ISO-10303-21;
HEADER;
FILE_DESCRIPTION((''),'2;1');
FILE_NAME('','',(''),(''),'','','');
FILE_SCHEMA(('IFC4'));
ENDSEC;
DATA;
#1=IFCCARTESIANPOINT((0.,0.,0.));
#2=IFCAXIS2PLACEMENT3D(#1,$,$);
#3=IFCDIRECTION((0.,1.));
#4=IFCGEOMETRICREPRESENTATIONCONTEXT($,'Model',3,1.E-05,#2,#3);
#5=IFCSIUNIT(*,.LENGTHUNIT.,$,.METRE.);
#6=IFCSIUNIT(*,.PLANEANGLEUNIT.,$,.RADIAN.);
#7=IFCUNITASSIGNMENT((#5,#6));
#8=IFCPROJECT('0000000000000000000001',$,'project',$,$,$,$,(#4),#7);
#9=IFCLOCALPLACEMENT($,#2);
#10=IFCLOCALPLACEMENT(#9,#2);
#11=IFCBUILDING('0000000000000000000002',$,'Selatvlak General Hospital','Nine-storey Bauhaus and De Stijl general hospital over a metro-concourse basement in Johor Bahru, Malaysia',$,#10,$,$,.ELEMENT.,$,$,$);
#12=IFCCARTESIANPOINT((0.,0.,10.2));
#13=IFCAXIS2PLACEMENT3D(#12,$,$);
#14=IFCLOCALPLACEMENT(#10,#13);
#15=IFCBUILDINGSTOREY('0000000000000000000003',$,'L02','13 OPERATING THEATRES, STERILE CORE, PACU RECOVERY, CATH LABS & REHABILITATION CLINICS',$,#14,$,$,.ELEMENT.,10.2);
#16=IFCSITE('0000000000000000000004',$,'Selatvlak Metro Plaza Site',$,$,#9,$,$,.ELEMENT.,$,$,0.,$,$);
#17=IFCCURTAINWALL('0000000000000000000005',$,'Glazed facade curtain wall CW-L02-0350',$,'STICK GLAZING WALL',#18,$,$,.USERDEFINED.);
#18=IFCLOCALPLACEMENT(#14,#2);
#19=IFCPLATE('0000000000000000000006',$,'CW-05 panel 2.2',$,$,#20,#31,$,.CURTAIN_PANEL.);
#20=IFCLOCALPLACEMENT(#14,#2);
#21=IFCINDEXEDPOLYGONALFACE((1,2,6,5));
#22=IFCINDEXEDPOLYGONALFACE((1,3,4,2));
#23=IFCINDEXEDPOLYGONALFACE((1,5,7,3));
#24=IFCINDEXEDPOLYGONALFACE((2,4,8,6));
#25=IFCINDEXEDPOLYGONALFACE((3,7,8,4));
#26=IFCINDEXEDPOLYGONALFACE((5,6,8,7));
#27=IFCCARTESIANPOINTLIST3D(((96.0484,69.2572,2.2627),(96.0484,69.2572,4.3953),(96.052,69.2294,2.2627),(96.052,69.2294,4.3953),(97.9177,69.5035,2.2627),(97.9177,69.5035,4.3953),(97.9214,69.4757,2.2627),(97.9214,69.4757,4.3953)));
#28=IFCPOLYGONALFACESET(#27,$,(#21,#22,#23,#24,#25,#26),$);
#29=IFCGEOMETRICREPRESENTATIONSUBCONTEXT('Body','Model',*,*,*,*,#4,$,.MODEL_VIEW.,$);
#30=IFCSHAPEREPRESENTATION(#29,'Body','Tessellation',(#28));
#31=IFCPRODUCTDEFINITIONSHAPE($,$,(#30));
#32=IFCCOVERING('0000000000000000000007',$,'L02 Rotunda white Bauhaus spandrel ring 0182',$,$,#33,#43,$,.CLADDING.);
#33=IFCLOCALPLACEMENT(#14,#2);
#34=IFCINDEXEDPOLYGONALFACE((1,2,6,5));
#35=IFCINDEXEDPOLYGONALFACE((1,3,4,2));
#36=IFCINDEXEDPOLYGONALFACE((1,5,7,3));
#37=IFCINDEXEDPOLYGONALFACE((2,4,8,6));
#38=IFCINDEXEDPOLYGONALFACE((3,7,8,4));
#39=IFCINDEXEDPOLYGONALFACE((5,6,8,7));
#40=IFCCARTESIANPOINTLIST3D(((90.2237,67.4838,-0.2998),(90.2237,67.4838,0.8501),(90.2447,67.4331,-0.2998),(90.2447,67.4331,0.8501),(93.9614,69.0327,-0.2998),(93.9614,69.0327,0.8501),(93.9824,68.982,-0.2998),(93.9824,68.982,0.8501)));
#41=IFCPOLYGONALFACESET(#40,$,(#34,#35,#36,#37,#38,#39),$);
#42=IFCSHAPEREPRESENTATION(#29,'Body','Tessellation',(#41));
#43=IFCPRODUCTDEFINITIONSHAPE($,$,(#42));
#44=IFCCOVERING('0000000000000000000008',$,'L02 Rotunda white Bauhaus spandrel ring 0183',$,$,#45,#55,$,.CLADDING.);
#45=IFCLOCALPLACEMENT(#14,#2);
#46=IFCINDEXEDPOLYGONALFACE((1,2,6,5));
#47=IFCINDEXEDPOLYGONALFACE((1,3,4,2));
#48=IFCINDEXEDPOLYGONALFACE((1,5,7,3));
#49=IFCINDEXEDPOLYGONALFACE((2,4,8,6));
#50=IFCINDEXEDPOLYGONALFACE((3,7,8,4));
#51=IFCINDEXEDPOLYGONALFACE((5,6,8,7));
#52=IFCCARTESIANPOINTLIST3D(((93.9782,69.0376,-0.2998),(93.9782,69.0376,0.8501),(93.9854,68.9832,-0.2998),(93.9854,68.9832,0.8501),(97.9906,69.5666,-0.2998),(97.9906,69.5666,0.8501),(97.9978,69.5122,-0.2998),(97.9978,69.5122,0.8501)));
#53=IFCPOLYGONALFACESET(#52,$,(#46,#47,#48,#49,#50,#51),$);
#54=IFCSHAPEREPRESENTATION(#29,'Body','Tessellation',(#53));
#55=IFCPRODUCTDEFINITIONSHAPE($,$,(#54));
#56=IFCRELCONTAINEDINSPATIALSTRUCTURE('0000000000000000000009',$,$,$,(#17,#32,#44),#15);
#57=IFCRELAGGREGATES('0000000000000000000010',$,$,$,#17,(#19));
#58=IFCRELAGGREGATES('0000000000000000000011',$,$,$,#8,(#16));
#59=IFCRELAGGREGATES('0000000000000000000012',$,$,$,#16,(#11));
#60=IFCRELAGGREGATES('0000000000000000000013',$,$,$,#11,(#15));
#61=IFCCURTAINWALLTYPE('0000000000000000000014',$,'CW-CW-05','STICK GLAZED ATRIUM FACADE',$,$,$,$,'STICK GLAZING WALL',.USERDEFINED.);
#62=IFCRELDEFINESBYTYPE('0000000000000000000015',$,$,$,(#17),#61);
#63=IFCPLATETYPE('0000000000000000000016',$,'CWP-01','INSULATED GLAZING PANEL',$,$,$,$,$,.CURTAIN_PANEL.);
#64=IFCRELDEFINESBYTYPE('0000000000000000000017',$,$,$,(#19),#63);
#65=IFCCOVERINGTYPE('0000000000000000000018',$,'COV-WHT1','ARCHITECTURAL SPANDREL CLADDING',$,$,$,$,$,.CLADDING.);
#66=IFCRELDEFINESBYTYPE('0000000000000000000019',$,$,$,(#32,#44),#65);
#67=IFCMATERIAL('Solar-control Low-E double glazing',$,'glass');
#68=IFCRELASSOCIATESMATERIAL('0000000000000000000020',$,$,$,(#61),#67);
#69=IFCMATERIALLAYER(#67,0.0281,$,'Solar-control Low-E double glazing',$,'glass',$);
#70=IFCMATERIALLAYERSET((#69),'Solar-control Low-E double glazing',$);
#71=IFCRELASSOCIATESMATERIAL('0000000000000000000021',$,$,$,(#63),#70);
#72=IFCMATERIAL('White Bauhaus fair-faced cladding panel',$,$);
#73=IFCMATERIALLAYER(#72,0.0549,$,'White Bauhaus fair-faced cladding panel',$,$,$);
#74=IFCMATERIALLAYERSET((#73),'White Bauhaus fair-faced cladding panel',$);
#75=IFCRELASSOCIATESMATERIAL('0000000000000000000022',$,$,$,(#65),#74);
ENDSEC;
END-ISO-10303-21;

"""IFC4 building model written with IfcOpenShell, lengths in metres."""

from ifc_helpers import new_model, si_unit, direction, frame, origin, origin_2d, place, context, subcontext, project, spatial, rectangle, extrude, material, layer, layer_set, type_object, element, aggregate, save


model = new_model("IFC4")

# Units and contexts
model_context = context("Model", 3, precision=1e-05, world=origin(), true_north=direction((0.0, 1.0)))
body_context = subcontext(model_context, "Body", "Model", "MODEL_VIEW")
ifc_project = project(units=[si_unit("LENGTHUNIT", "METRE"), si_unit("PLANEANGLEUNIT", "RADIAN")], contexts=[model_context])

# Site, building, storey
site_placement = place(None, origin())
site = spatial("IfcSite", under=ifc_project, at=site_placement, Name="Selatvlak Metro Plaza Site", CompositionType="ELEMENT", RefElevation=0.0)
building_placement = place(site_placement, origin())
building = spatial("IfcBuilding", under=site, at=building_placement, Name="Selatvlak General Hospital", Description="Nine-storey Bauhaus and De Stijl general hospital over a metro-concourse basement in Johor Bahru, Malaysia", CompositionType="ELEMENT")
storey_placement = place(building_placement, frame((0.0, 0.0, 10.2)))
storey = spatial("IfcBuildingStorey", under=building, at=storey_placement, Name="L02", Description="13 OPERATING THEATRES, STERILE CORE, PACU RECOVERY, CATH LABS & REHABILITATION CLINICS", CompositionType="ELEMENT", Elevation=10.2)

# Shared definitions
ifc_material_1 = material(Name="Solar-control Low-E double glazing", Category="glass")

# Curtain wall
curtain_wall_type_1 = type_object("IfcCurtainWallType", Name="CW-CW-05", Description="STICK GLAZED ATRIUM FACADE", ElementType="STICK GLAZING WALL", PredefinedType="USERDEFINED", material=ifc_material_1)
curtain_wall_1_placement = place(storey_placement, origin())
curtain_wall_1 = element("IfcCurtainWall", 1, at=curtain_wall_1_placement, inside=storey, type_object=curtain_wall_type_1, Name="Glazed facade curtain wall CW-L02-0350", ObjectType="STICK GLAZING WALL", PredefinedType="USERDEFINED")

# Plate
ifc_layer_1 = layer(ifc_material_1, 0.0281, Name="Solar-control Low-E double glazing", Category="glass")
ifc_layer_set_1 = layer_set([ifc_layer_1], Name="Solar-control Low-E double glazing")
plate_type = type_object("IfcPlateType", Name="CWP-01", Description="INSULATED GLAZING PANEL", PredefinedType="CURTAIN_PANEL", material=ifc_layer_set_1)
plate_1_placement = place(storey_placement, frame((96.9849, 69.3665, 2.2627), z_axis=(0.0, 0.0, 1.0), x_axis=(0.991434, 0.130611, 0.0)))
plate_1 = element("IfcPlate", 2, at=plate_1_placement, type_object=plate_type, Name="CW-05 panel 2.2", PredefinedType="CURTAIN_PANEL", context=body_context, shape_type="SweptSolid", body=[
    extrude(rectangle(XDim=1.8855, YDim=0.0281, at=origin_2d()), origin(), (0.0, 0.0, 1.0), 2.1326),
])
aggregate(curtain_wall_1, [plate_1])

# Coverings
ifc_material_2 = material(Name="White Bauhaus fair-faced cladding panel")
ifc_layer_2 = layer(ifc_material_2, 0.0549, Name="White Bauhaus fair-faced cladding panel")
ifc_layer_set_2 = layer_set([ifc_layer_2], Name="White Bauhaus fair-faced cladding panel")
covering_type = type_object("IfcCoveringType", Name="COV-WHT1", Description="ARCHITECTURAL SPANDREL CLADDING", PredefinedType="CLADDING", material=ifc_layer_set_2)
covering_1_placement = place(storey_placement, frame((92.103, 68.2329, -0.2998), z_axis=(0.0, 0.0, 1.0), x_axis=(0.923819, 0.382829, 0.0)))
element("IfcCovering", 3, at=covering_1_placement, inside=storey, type_object=covering_type, Name="L02 Rotunda white Bauhaus spandrel ring 0182", PredefinedType="CLADDING", context=body_context, shape_type="SweptSolid", body=[
    extrude(rectangle(XDim=4.0459, YDim=0.0549, at=origin_2d()), origin(), (0.0, 0.0, 1.0), 1.1499),
])
covering_2_placement = place(storey_placement, frame((95.988, 69.2749, -0.2998), z_axis=(0.0, 0.0, 1.0), x_axis=(0.99142, 0.130717, 0.0)))
element("IfcCovering", 4, at=covering_2_placement, inside=storey, type_object=covering_type, Name="L02 Rotunda white Bauhaus spandrel ring 0183", PredefinedType="CLADDING", context=body_context, shape_type="SweptSolid", body=[
    extrude(rectangle(XDim=4.0471, YDim=0.0549, at=origin_2d()), origin(), (0.0, 0.0, 1.0), 1.1499),
])

save(model, "model.ifc")
